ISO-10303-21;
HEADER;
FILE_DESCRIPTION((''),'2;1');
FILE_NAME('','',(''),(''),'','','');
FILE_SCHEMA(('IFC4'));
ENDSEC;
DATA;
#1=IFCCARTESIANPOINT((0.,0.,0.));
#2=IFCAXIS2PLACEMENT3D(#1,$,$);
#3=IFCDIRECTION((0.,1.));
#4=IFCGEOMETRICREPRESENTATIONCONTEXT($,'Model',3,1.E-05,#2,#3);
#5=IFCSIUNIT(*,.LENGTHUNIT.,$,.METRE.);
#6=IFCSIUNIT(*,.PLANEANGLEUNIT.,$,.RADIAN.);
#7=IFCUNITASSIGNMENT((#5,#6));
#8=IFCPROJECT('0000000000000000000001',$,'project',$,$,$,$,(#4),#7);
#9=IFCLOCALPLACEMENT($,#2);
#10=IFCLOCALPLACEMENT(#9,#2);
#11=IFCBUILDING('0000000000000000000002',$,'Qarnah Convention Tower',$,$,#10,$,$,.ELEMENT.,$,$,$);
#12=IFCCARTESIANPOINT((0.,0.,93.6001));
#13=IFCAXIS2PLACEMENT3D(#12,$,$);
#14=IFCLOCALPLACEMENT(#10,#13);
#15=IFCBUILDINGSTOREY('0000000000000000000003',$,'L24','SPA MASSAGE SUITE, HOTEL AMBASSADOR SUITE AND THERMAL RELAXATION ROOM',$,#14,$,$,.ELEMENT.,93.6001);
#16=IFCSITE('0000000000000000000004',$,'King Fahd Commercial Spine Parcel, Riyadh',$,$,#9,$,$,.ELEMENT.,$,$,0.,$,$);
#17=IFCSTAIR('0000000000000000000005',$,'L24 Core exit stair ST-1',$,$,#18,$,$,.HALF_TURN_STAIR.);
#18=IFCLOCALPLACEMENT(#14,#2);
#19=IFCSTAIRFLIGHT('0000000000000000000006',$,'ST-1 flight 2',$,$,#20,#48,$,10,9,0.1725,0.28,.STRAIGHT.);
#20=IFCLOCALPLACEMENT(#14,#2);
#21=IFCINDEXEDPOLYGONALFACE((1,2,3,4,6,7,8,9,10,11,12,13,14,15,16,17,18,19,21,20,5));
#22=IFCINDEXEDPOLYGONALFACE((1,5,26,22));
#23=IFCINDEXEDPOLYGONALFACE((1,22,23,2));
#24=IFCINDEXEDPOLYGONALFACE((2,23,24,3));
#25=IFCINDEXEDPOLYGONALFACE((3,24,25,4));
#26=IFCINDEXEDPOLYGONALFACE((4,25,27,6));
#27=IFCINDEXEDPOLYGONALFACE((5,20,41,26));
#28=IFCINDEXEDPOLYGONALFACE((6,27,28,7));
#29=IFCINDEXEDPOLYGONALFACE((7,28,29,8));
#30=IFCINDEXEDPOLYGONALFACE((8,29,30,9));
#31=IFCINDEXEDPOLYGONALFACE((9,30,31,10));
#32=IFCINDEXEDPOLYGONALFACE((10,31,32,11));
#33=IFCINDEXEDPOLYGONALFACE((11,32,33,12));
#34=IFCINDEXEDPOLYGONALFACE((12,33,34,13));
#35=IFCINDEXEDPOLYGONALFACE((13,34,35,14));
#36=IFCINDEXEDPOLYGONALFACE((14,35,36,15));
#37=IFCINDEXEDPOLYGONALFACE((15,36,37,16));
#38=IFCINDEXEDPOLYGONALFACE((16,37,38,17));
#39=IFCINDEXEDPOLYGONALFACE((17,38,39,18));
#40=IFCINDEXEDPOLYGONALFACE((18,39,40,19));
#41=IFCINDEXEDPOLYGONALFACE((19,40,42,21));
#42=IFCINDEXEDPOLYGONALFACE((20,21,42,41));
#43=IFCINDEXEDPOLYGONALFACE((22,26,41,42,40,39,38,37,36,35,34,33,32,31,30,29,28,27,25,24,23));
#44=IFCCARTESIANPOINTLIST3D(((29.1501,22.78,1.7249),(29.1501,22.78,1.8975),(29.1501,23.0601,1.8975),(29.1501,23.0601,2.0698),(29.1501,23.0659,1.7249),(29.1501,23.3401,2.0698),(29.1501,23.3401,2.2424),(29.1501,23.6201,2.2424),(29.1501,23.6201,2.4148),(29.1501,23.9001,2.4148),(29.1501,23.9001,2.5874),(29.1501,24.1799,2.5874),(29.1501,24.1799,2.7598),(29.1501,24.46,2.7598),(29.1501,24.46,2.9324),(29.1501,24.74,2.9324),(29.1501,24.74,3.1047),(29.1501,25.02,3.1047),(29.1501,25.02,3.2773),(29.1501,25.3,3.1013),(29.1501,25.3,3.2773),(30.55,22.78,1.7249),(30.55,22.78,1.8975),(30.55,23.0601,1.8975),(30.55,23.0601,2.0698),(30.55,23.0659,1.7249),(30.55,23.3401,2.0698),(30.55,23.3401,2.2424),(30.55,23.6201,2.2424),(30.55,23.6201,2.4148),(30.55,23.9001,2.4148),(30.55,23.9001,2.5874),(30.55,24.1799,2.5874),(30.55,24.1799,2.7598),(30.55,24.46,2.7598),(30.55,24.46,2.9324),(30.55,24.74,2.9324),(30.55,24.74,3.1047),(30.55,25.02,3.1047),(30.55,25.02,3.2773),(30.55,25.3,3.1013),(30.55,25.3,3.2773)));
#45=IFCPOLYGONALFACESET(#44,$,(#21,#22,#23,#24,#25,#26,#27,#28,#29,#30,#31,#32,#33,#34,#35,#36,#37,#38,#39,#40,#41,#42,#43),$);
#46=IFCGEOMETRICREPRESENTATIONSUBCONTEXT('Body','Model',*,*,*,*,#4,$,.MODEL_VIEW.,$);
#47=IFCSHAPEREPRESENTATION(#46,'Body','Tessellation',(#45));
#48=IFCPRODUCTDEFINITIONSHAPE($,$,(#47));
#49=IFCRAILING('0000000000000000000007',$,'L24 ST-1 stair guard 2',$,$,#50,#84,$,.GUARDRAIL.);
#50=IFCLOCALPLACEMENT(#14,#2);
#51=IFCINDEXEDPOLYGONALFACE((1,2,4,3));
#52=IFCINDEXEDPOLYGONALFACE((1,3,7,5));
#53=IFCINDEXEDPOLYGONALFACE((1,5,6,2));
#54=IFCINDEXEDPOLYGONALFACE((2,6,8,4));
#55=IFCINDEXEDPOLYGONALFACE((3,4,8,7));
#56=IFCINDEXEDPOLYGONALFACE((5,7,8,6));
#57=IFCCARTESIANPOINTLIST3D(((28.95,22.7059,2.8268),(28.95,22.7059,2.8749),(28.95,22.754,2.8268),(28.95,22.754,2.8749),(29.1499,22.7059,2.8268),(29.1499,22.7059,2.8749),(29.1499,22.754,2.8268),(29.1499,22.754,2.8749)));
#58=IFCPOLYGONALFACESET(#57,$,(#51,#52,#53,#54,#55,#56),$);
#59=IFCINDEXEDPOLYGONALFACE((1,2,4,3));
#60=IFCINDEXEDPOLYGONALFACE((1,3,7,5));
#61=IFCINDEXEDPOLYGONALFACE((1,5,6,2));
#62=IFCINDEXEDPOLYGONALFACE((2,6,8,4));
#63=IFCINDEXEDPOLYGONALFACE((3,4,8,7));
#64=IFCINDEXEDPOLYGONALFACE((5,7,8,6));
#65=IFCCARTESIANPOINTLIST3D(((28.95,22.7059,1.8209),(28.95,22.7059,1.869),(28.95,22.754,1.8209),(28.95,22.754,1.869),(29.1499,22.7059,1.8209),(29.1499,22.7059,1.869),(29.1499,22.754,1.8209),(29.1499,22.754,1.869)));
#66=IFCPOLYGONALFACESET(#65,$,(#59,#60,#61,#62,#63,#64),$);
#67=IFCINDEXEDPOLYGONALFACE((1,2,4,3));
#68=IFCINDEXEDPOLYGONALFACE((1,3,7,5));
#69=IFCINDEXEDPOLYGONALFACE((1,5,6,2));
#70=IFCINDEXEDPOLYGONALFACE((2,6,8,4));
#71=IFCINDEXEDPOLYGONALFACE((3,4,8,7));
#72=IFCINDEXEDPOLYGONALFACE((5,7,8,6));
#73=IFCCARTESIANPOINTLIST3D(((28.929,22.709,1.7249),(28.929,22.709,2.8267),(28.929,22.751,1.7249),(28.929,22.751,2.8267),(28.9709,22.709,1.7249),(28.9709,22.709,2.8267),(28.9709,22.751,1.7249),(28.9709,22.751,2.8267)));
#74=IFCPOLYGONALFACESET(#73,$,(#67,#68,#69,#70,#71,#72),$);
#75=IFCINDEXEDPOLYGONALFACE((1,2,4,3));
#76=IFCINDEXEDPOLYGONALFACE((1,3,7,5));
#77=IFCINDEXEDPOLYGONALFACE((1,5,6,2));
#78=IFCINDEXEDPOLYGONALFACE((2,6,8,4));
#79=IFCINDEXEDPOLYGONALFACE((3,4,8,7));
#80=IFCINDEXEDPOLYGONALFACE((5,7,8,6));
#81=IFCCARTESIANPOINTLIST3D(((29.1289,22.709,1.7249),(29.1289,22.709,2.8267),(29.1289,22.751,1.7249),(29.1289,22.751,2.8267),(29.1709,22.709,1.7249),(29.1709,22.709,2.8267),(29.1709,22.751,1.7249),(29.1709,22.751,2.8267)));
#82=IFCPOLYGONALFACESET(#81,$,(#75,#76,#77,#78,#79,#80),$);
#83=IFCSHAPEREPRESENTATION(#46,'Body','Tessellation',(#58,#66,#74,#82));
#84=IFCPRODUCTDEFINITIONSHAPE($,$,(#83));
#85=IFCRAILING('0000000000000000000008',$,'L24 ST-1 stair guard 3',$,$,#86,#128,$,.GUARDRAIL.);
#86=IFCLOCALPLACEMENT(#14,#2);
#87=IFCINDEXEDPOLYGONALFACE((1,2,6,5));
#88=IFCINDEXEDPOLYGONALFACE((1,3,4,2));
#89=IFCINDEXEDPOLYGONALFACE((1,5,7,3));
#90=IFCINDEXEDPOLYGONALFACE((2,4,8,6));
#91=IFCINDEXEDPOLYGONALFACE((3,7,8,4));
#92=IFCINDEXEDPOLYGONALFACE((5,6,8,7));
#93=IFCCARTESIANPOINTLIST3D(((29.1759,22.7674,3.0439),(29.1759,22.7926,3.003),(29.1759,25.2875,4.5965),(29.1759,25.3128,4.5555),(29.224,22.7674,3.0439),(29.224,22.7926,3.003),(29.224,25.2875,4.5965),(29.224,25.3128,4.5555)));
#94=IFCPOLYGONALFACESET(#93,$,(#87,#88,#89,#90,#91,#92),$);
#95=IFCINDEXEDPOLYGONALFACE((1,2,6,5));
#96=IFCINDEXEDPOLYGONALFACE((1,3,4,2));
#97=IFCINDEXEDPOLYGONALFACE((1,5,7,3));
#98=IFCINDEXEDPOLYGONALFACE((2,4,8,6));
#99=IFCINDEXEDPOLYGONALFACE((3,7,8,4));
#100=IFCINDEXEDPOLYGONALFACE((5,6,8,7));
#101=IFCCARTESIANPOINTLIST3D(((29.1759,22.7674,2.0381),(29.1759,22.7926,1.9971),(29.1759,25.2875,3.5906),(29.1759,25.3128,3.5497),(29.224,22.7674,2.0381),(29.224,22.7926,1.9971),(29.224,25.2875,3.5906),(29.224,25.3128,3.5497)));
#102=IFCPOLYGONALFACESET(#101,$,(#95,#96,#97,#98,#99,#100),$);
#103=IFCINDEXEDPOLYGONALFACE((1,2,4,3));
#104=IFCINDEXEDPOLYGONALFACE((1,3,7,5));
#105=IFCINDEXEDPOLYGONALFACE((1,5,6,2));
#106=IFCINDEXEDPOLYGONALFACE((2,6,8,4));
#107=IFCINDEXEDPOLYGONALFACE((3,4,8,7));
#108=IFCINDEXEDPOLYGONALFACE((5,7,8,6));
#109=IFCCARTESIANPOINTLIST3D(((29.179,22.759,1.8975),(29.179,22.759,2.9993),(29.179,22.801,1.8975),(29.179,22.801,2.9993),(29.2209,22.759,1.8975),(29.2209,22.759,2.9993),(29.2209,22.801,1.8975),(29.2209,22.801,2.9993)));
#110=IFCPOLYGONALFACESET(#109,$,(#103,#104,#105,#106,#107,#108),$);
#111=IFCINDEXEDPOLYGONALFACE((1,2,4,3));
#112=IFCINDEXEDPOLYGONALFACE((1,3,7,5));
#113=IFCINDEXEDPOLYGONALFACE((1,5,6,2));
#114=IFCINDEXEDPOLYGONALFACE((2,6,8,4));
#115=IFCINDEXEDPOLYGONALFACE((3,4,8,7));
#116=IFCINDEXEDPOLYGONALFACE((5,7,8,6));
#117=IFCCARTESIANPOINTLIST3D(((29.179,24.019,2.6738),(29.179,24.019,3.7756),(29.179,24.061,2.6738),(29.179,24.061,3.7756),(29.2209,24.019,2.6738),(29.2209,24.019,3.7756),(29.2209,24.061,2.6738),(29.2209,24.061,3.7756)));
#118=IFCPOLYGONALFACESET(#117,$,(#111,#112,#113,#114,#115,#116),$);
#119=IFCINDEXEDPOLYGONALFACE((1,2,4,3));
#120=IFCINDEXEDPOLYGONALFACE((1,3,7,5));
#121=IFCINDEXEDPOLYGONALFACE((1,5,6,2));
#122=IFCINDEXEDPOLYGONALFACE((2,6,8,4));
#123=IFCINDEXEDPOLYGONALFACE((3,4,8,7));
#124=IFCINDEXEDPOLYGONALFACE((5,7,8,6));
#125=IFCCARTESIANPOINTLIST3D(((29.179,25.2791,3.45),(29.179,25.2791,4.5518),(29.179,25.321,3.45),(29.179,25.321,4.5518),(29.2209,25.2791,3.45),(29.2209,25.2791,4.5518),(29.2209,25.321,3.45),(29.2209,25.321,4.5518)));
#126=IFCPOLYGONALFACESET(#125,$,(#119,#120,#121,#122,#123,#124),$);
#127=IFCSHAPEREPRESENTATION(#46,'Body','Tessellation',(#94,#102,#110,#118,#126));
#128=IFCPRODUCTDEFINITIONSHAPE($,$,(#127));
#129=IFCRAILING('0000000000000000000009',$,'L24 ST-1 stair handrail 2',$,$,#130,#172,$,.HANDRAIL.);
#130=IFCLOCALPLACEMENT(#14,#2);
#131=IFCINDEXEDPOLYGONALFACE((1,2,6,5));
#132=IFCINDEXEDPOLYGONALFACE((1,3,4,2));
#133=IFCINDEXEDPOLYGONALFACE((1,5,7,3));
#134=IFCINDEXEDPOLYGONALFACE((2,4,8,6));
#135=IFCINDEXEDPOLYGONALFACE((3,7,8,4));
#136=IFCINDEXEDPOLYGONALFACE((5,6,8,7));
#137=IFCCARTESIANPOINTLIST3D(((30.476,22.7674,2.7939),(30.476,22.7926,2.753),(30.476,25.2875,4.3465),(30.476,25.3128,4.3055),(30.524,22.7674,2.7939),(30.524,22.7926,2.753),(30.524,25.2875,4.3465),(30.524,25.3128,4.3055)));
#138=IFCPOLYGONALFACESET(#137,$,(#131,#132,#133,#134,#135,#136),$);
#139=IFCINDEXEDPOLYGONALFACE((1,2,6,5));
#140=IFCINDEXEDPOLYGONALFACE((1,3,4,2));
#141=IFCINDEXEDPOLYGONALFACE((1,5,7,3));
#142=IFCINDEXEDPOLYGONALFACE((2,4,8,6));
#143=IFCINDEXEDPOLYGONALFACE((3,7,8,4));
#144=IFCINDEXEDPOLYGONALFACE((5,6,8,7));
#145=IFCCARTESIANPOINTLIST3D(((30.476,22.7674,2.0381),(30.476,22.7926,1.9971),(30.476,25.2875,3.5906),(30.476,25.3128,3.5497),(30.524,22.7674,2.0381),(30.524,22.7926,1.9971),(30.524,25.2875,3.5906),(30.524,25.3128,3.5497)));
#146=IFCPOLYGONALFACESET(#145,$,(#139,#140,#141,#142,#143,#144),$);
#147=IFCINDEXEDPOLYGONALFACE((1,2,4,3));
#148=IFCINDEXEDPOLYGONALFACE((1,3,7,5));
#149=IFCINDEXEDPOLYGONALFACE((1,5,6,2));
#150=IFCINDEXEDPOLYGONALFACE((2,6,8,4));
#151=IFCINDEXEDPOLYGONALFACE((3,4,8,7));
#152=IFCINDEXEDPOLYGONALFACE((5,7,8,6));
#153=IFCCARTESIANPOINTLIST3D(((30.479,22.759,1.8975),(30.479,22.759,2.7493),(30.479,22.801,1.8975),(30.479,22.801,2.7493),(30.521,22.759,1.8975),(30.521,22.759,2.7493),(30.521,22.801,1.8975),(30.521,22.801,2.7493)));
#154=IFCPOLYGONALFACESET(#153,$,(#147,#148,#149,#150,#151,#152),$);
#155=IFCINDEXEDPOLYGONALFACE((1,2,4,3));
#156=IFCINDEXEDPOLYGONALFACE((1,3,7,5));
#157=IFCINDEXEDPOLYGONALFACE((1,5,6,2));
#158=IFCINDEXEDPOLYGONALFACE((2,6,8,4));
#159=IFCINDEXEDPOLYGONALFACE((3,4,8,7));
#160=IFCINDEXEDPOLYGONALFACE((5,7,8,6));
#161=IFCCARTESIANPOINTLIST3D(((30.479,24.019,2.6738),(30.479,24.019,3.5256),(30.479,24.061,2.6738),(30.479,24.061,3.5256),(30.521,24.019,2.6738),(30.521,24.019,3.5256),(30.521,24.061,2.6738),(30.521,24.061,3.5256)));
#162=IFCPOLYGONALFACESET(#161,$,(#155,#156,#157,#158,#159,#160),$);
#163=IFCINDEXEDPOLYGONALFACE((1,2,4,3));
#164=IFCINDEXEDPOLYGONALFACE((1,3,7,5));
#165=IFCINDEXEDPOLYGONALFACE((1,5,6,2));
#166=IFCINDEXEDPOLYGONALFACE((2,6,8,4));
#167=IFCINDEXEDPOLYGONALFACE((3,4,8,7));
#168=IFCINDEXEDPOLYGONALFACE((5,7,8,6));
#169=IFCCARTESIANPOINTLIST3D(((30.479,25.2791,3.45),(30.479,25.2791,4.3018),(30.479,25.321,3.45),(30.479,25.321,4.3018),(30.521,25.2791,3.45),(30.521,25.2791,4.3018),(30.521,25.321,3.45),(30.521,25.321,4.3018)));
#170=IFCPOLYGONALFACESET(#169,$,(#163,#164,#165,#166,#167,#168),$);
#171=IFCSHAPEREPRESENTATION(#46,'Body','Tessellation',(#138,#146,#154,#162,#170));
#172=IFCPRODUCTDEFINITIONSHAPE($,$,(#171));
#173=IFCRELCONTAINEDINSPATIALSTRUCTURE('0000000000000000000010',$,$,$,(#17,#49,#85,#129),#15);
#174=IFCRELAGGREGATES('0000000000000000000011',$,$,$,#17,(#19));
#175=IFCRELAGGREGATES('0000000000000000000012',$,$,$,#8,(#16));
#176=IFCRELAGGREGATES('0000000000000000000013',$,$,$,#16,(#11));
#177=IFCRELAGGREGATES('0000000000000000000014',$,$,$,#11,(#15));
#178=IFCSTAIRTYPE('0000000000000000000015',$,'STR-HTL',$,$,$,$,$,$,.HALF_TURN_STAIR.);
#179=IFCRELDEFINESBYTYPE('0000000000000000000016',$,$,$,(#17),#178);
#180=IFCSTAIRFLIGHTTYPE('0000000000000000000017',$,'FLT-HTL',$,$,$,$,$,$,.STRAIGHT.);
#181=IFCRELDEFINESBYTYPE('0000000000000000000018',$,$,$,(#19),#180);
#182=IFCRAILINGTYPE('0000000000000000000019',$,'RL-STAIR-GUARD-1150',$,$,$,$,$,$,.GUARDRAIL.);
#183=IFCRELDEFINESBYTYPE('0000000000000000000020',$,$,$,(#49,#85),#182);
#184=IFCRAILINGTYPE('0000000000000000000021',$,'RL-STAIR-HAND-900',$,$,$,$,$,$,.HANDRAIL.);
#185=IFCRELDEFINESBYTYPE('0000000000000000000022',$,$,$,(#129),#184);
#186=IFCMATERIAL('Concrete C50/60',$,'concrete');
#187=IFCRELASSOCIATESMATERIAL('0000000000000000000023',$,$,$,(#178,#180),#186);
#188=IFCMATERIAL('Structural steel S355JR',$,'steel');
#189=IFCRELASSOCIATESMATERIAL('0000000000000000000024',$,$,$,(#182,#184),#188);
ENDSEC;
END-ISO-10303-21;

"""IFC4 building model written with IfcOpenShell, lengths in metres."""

from ifc_helpers import new_model, si_unit, direction, frame, origin, origin_2d, place, context, subcontext, project, spatial, polyline, rectangle, outline, extrude, material, type_object, element, aggregate, save


model = new_model("IFC4")

# Units and contexts
model_context = context("Model", 3, precision=1e-05, world=origin(), true_north=direction((0.0, 1.0)))
body_context = subcontext(model_context, "Body", "Model", "MODEL_VIEW")
ifc_project = project(units=[si_unit("LENGTHUNIT", "METRE"), si_unit("PLANEANGLEUNIT", "RADIAN")], contexts=[model_context])

# Site, building, storey
site_placement = place(None, origin())
site = spatial("IfcSite", under=ifc_project, at=site_placement, Name="King Fahd Commercial Spine Parcel, Riyadh", CompositionType="ELEMENT", RefElevation=0.0)
building_placement = place(site_placement, origin())
building = spatial("IfcBuilding", under=site, at=building_placement, Name="Qarnah Convention Tower", CompositionType="ELEMENT")
storey_placement = place(building_placement, frame((0.0, 0.0, 93.6001)))
storey = spatial("IfcBuildingStorey", under=building, at=storey_placement, Name="L24", Description="SPA MASSAGE SUITE, HOTEL AMBASSADOR SUITE AND THERMAL RELAXATION ROOM", CompositionType="ELEMENT", Elevation=93.6001)

# Shared definitions
ifc_material_1 = material(Name="Structural steel S355JR", Category="steel")

# Stair, stair flight
ifc_material_2 = material(Name="Concrete C50/60", Category="concrete")
stair_type = type_object("IfcStairType", Name="STR-HTL", PredefinedType="HALF_TURN_STAIR", material=ifc_material_2)
stair_placement = place(storey_placement, origin())
stair = element("IfcStair", 1, at=stair_placement, inside=storey, type_object=stair_type, Name="L24 Core exit stair ST-1", PredefinedType="HALF_TURN_STAIR")
stair_flight_type = type_object("IfcStairFlightType", Name="FLT-HTL", PredefinedType="STRAIGHT", material=ifc_material_2)
stair_flight_1_placement = place(storey_placement, frame((29.8501, 22.78, 1.7249), z_axis=(0.0, 0.0, 1.0), x_axis=(0.0, 1.0, 0.0)))
stair_flight_1 = element("IfcStairFlight", 2, at=stair_flight_1_placement, type_object=stair_flight_type, Name="ST-1 flight 2", NumberOfRisers=10, NumberOfTreads=9, PredefinedType="STRAIGHT", RiserHeight=0.1725, TreadLength=0.28, context=body_context, shape_type="SweptSolid", body=[
    extrude(outline(polyline([(0.0, 0.0), (0.0, 0.1726), (0.28, 0.1726), (0.28, 0.345), (0.5601, 0.345), (0.5601, 0.5176), (0.8401, 0.5176), (0.8401, 0.6899), (1.1201, 0.6899), (1.1201, 0.8625), (1.3999, 0.8625), (1.3999, 1.0349), (1.6799, 1.0349), (1.6799, 1.2075), (1.96, 1.2075), (1.96, 1.3799), (2.24, 1.3799), (2.24, 1.5525), (2.52, 1.5525), (2.52, 1.7251), (2.52, 1.3765), (0.2859, 0.0), (0.0, 0.0)])), frame((0.0, 0.7, 0.0), z_axis=(0.0, -1.0, 0.0), x_axis=(1.0, 0.0, 0.0)), (0.0, 0.0, 1.0), 1.3999),
])
aggregate(stair, [stair_flight_1])

# Railings
railing_type_1 = type_object("IfcRailingType", Name="RL-STAIR-GUARD-1150", PredefinedType="GUARDRAIL", material=ifc_material_1)
railing_1_placement = place(storey_placement, frame((28.95, 22.73, 1.7249)))
element("IfcRailing", 3, at=railing_1_placement, inside=storey, type_object=railing_type_1, Name="L24 ST-1 stair guard 2", PredefinedType="GUARDRAIL", context=body_context, shape_type="SweptSolid", body=[
    extrude(rectangle(XDim=0.0481, YDim=0.0481, at=origin_2d()), frame((0.0, 0.0, 1.126), z_axis=(1.0, 0.0, 0.0), x_axis=(0.0, 1.0, 0.0)), (0.0, 0.0, 1.0), 0.2),
    extrude(rectangle(XDim=0.0481, YDim=0.0481, at=origin_2d()), frame((0.0, 0.0, 0.1201), z_axis=(1.0, 0.0, 0.0), x_axis=(0.0, 1.0, 0.0)), (0.0, 0.0, 1.0), 0.2),
    extrude(rectangle(XDim=0.042, YDim=0.042, at=origin_2d()), origin(), (0.0, 0.0, 1.0), 1.1018),
    extrude(rectangle(XDim=0.042, YDim=0.042, at=origin_2d()), frame((0.2, 0.0, 0.0)), (0.0, 0.0, 1.0), 1.1018),
])
railing_2_placement = place(storey_placement, frame((29.2, 22.78, 1.8975)))
element("IfcRailing", 4, at=railing_2_placement, inside=storey, type_object=railing_type_1, Name="L24 ST-1 stair guard 3", PredefinedType="GUARDRAIL", context=body_context, shape_type="SweptSolid", body=[
    extrude(rectangle(XDim=0.0481, YDim=0.0481, at=origin_2d()), frame((0.0, 0.0, 1.126), z_axis=(0.0, 0.8514, 0.524516), x_axis=(-1.0, 0.0, 0.0)), (0.0, 0.0, 1.0), 2.96),
    extrude(rectangle(XDim=0.0481, YDim=0.0481, at=origin_2d()), frame((0.0, 0.0, 0.1201), z_axis=(0.0, 0.8514, 0.524516), x_axis=(-1.0, 0.0, 0.0)), (0.0, 0.0, 1.0), 2.96),
    extrude(rectangle(XDim=0.042, YDim=0.042, at=origin_2d()), origin(), (0.0, 0.0, 1.0), 1.1018),
    extrude(rectangle(XDim=0.042, YDim=0.042, at=origin_2d()), frame((0.0, 1.26, 0.7764)), (0.0, 0.0, 1.0), 1.1018),
    extrude(rectangle(XDim=0.042, YDim=0.042, at=origin_2d()), frame((0.0, 2.52, 1.5525)), (0.0, 0.0, 1.0), 1.1018),
])
railing_type_2 = type_object("IfcRailingType", Name="RL-STAIR-HAND-900", PredefinedType="HANDRAIL", material=ifc_material_1)
railing_3_placement = place(storey_placement, frame((30.5, 22.78, 1.8975)))
element("IfcRailing", 5, at=railing_3_placement, inside=storey, type_object=railing_type_2, Name="L24 ST-1 stair handrail 2", PredefinedType="HANDRAIL", context=body_context, shape_type="SweptSolid", body=[
    extrude(rectangle(XDim=0.0481, YDim=0.0481, at=origin_2d()), frame((0.0, 0.0, 0.876), z_axis=(0.0, 0.8514, 0.524516), x_axis=(-1.0, 0.0, 0.0)), (0.0, 0.0, 1.0), 2.96),
    extrude(rectangle(XDim=0.0481, YDim=0.0481, at=origin_2d()), frame((0.0, 0.0, 0.1201), z_axis=(0.0, 0.8514, 0.524516), x_axis=(-1.0, 0.0, 0.0)), (0.0, 0.0, 1.0), 2.96),
    extrude(rectangle(XDim=0.042, YDim=0.042, at=origin_2d()), origin(), (0.0, 0.0, 1.0), 0.8518),
    extrude(rectangle(XDim=0.042, YDim=0.042, at=origin_2d()), frame((0.0, 1.26, 0.7764)), (0.0, 0.0, 1.0), 0.8518),
    extrude(rectangle(XDim=0.042, YDim=0.042, at=origin_2d()), frame((0.0, 2.52, 1.5525)), (0.0, 0.0, 1.0), 0.8518),
])

save(model, "model.ifc")
